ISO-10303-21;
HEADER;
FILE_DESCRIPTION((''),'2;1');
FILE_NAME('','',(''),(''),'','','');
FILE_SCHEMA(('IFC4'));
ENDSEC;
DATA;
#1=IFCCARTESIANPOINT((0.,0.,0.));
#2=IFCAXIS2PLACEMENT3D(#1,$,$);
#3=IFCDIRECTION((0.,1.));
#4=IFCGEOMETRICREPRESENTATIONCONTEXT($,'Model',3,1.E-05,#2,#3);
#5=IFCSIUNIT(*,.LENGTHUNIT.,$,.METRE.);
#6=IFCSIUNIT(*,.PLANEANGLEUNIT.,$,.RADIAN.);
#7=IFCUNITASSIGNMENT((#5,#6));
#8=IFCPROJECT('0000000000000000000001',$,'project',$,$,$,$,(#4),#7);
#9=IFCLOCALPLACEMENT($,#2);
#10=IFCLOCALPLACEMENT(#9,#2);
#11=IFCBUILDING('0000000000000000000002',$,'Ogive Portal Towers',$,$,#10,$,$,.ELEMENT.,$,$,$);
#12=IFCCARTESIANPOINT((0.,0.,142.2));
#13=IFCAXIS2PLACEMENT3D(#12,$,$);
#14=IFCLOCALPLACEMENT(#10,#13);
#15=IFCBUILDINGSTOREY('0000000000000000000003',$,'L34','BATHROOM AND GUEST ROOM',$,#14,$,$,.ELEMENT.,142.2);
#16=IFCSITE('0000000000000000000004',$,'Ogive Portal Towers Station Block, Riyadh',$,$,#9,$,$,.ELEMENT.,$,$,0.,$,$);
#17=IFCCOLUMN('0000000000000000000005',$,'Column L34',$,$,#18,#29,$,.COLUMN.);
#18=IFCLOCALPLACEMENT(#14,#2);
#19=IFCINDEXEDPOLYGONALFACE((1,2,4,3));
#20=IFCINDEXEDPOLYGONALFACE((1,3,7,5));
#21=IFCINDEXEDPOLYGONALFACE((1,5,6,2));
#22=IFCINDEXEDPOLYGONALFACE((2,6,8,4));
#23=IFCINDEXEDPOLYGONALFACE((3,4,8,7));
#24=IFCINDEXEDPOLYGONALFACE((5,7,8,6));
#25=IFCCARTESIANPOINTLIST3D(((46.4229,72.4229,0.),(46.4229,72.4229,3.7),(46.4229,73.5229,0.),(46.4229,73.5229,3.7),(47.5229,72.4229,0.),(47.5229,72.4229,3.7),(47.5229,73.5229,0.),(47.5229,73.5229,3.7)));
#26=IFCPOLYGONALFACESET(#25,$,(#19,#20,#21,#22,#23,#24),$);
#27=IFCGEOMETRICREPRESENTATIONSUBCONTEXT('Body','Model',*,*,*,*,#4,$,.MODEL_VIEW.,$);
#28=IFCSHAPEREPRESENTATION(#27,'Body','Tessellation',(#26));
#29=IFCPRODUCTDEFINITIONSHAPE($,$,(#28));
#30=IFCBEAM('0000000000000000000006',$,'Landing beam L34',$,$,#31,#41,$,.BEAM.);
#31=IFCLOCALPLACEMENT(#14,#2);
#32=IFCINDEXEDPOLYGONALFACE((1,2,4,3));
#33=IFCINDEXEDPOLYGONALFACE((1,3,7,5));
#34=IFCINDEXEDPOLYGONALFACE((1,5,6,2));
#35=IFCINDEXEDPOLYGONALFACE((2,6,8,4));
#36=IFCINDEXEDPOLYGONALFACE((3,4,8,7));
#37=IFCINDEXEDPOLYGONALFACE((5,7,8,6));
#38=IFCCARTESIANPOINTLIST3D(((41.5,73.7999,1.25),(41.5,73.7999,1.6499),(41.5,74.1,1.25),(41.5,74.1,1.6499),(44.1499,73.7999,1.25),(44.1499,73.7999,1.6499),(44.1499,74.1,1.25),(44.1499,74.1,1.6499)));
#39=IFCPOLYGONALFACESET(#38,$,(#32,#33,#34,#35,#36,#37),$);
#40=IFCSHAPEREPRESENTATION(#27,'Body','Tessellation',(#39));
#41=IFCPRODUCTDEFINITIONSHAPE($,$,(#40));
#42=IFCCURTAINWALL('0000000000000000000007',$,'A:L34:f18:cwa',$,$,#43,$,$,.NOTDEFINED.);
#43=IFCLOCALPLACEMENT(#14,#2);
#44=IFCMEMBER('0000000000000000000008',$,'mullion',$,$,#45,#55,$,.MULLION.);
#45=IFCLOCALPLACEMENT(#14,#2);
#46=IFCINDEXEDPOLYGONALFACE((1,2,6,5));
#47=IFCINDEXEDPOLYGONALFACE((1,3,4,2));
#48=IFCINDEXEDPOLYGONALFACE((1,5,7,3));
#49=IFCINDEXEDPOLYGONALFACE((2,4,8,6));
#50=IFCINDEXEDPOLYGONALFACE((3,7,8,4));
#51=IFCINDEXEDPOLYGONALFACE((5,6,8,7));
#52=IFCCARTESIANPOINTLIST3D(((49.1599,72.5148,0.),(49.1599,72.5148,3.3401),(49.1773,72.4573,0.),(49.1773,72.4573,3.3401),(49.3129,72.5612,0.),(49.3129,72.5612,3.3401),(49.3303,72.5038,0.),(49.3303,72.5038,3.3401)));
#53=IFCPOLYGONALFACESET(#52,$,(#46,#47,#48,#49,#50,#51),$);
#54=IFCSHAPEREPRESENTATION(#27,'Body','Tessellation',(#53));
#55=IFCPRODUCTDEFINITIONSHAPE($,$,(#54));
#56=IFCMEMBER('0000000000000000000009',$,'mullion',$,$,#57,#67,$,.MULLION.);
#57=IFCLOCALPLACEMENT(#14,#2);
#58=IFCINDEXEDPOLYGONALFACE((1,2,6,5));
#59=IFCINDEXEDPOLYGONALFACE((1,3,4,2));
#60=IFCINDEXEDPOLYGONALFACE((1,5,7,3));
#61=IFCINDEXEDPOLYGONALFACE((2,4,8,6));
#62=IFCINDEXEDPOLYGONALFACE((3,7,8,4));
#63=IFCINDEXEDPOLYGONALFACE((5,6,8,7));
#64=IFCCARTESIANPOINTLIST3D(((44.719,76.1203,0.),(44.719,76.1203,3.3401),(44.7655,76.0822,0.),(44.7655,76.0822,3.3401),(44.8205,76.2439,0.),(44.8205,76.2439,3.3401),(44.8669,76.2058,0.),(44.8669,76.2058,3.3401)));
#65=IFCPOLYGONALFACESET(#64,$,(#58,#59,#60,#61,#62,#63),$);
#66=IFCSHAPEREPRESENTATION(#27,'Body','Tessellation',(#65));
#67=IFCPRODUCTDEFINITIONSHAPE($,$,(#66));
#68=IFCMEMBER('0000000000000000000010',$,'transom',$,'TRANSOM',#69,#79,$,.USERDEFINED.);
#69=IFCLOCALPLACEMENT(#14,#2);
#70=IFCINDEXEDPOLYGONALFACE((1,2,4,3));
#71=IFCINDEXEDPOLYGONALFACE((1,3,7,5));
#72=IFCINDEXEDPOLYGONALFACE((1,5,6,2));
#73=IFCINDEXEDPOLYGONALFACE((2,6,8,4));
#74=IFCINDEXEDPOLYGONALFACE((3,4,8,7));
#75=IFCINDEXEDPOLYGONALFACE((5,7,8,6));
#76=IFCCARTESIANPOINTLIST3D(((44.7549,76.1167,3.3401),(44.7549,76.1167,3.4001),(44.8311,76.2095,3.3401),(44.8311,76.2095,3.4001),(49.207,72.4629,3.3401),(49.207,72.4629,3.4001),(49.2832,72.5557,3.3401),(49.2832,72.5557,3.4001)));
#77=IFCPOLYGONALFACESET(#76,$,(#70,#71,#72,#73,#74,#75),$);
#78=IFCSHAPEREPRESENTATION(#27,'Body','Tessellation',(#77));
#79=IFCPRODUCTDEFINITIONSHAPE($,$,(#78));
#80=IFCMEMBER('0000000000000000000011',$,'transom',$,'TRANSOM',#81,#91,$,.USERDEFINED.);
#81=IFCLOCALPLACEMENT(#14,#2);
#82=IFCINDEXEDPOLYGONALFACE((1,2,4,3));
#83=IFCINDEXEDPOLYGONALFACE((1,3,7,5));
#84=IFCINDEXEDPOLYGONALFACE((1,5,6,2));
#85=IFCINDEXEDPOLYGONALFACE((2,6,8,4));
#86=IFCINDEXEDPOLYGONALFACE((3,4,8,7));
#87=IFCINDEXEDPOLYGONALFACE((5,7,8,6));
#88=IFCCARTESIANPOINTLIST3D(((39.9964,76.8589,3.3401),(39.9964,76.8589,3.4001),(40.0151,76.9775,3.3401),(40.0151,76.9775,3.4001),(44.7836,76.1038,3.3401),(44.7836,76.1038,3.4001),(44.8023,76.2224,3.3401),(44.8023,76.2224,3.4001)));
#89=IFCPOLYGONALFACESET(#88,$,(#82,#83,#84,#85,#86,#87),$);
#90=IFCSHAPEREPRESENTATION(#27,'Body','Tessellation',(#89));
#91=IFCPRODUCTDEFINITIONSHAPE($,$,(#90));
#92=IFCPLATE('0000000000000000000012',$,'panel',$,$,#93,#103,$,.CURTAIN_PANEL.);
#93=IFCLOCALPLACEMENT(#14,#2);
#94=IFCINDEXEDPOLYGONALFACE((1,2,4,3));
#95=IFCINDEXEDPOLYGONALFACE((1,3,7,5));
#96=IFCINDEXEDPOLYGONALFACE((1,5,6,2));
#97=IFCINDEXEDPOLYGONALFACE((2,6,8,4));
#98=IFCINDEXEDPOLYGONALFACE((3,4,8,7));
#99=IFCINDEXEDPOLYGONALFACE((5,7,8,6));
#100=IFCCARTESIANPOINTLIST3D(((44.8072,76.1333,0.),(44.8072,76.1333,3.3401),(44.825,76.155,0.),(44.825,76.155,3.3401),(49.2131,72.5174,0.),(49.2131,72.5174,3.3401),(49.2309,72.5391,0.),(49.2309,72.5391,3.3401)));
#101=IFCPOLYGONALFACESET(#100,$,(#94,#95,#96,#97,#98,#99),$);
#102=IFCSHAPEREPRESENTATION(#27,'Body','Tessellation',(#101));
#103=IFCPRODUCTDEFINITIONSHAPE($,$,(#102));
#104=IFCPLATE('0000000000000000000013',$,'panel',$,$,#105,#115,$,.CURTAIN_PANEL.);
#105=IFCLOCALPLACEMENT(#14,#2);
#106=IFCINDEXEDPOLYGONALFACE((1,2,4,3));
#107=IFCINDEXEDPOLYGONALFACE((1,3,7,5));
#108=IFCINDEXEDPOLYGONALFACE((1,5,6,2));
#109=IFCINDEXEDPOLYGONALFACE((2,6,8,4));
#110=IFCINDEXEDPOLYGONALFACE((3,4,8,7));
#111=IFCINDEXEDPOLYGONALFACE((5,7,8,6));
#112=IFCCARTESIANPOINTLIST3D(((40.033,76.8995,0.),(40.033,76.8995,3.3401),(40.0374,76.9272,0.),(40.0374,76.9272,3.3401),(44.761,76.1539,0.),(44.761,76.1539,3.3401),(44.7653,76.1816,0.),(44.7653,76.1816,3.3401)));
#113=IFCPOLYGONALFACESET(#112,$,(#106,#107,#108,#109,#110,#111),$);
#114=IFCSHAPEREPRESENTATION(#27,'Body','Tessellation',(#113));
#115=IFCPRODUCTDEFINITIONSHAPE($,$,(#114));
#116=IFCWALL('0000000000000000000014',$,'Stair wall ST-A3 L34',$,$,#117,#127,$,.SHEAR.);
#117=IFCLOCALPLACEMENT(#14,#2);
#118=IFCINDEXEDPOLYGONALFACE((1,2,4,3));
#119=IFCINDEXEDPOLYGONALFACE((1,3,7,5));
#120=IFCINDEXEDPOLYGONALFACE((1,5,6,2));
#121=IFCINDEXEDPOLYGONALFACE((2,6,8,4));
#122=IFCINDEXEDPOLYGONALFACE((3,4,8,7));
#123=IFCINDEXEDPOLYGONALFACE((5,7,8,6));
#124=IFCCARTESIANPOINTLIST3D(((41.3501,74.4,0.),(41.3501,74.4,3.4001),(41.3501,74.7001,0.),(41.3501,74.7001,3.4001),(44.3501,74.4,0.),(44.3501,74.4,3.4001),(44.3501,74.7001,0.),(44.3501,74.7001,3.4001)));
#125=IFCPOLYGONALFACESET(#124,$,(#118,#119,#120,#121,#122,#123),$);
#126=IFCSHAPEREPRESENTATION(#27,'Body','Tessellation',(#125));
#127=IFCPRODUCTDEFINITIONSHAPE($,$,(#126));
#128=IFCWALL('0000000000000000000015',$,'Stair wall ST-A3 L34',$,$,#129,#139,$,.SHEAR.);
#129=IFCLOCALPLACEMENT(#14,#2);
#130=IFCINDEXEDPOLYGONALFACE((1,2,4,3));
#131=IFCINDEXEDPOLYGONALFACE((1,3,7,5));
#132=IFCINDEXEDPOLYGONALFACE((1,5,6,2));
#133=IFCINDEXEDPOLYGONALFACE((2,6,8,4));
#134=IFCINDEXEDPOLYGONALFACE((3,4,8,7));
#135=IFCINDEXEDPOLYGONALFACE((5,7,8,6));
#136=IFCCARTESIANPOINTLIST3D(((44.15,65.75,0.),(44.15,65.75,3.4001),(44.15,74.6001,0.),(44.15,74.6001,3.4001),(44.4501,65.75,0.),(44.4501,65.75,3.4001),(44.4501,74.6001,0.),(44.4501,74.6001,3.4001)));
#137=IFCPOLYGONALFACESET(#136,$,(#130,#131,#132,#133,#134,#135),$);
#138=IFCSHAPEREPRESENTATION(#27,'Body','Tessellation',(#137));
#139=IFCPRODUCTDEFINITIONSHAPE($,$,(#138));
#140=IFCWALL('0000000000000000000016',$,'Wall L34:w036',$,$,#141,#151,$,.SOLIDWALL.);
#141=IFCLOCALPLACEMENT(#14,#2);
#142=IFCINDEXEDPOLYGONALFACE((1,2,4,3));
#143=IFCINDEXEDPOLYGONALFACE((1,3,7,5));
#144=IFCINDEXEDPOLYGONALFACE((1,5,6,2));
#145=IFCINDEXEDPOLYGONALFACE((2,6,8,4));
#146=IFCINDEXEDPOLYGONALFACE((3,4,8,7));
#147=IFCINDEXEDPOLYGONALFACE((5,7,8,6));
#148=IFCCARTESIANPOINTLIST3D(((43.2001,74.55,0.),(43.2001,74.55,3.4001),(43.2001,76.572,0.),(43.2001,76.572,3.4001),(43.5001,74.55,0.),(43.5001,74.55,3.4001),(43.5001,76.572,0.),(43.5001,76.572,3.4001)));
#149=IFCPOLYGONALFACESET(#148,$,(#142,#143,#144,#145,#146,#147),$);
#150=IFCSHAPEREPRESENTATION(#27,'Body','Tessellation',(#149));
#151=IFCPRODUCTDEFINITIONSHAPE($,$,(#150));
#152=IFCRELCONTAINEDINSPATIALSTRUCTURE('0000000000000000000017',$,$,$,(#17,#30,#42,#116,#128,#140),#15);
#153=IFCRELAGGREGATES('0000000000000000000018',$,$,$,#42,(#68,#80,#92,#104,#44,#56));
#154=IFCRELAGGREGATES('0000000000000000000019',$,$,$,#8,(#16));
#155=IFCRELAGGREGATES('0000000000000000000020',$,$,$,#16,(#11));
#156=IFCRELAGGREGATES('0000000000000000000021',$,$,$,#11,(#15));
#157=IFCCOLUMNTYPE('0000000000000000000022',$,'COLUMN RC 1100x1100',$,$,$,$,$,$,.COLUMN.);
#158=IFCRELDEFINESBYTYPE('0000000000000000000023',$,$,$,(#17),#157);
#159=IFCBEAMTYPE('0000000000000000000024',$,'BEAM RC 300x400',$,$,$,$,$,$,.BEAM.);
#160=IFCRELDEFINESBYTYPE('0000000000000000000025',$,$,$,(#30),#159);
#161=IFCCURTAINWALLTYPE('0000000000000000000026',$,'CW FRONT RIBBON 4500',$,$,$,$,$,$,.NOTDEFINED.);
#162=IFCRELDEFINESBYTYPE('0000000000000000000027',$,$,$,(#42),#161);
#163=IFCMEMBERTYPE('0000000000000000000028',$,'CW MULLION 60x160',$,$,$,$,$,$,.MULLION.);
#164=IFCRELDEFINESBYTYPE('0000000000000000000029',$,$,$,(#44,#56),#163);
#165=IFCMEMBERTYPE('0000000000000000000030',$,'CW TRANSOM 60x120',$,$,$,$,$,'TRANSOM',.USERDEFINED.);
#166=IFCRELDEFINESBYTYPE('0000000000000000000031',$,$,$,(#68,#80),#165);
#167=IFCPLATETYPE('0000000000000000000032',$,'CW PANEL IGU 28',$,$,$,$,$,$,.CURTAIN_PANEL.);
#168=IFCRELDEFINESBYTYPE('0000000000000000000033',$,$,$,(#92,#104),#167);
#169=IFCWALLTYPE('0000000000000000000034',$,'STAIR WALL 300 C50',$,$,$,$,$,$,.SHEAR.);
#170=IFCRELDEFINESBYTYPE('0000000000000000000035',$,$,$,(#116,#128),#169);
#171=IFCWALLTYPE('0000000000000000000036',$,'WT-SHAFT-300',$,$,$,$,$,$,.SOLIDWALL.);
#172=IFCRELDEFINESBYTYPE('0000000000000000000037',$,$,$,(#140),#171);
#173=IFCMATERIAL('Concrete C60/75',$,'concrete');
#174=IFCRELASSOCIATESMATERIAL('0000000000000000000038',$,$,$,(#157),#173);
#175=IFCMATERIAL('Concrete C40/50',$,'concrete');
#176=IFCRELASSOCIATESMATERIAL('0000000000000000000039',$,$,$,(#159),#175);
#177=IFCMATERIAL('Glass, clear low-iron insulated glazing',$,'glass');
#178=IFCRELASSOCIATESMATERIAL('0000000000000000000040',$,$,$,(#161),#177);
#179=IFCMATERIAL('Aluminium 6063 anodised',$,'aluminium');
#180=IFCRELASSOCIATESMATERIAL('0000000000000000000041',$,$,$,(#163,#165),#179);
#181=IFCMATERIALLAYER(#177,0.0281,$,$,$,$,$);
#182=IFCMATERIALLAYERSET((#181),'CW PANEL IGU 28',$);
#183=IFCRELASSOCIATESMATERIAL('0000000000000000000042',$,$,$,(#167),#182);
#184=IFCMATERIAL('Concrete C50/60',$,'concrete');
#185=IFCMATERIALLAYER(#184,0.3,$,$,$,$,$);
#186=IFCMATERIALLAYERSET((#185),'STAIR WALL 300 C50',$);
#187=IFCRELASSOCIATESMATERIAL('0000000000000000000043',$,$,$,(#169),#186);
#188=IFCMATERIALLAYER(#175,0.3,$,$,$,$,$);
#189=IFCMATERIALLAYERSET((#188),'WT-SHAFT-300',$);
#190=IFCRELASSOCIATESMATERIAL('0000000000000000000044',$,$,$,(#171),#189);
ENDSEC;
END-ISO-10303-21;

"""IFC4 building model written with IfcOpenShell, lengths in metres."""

from ifc_helpers import new_model, si_unit, direction, frame, frame_2d, origin, origin_2d, place, context, subcontext, project, spatial, rectangle, extrude, material, layer, layer_set, material_profile, profile_set, type_object, element, aggregate, save


model = new_model("IFC4")

# Units and contexts
model_context = context("Model", 3, precision=1e-05, world=origin(), true_north=direction((0.0, 1.0)))
body_context = subcontext(model_context, "Body", "Model", "MODEL_VIEW")
ifc_project = project(units=[si_unit("LENGTHUNIT", "METRE"), si_unit("PLANEANGLEUNIT", "RADIAN")], contexts=[model_context])

# Site, building, storey
site_placement = place(None, origin())
site = spatial("IfcSite", under=ifc_project, at=site_placement, Name="Ogive Portal Towers Station Block, Riyadh", CompositionType="ELEMENT", RefElevation=0.0)
building_placement = place(site_placement, origin())
building = spatial("IfcBuilding", under=site, at=building_placement, Name="Ogive Portal Towers", CompositionType="ELEMENT")
storey_placement = place(building_placement, frame((0.0, 0.0, 142.2)))
storey = spatial("IfcBuildingStorey", under=building, at=storey_placement, Name="L34", Description="BATHROOM AND GUEST ROOM", CompositionType="ELEMENT", Elevation=142.2)

# Column
ifc_material_1 = material(Name="Concrete C60/75", Category="concrete")
ifc_material_profile_1 = material_profile(ifc_material_1, rectangle(XDim=1.1001, YDim=1.1001, at=origin_2d()), Name="RC 1100x1100")
ifc_profile_set_1 = profile_set([ifc_material_profile_1], Name="Concrete C60/75")
column_type = type_object("IfcColumnType", Name="COLUMN RC 1100x1100", PredefinedType="COLUMN", material=ifc_profile_set_1)
column_placement = place(storey_placement, frame((46.9729, 72.9729, 0.0), z_axis=(0.0, 0.0, 1.0), x_axis=(1.0, 0.0, 0.0)))
element("IfcColumn", 1, at=column_placement, inside=storey, type_object=column_type, Name="Column L34", PredefinedType="COLUMN", context=body_context, shape_type="SweptSolid", body=[
    extrude(rectangle(XDim=1.1001, YDim=1.1001, at=origin_2d()), origin(), (0.0, 0.0, 1.0), 3.7),
])

# Beam
ifc_material_2 = material(Name="Concrete C40/50", Category="concrete")
ifc_material_profile_2 = material_profile(ifc_material_2, rectangle(XDim=0.3, YDim=0.3999, at=origin_2d()), Name="RC 300x400")
ifc_profile_set_2 = profile_set([ifc_material_profile_2], Name="Concrete C40/50")
beam_type = type_object("IfcBeamType", Name="BEAM RC 300x400", PredefinedType="BEAM", material=ifc_profile_set_2)
beam_placement = place(storey_placement, frame((41.5, 73.95, 1.45), z_axis=(1.0, 0.0, 0.0), x_axis=(0.0, 1.0, 0.0)))
element("IfcBeam", 2, at=beam_placement, inside=storey, type_object=beam_type, Name="Landing beam L34", PredefinedType="BEAM", context=body_context, shape_type="SweptSolid", body=[
    extrude(rectangle(XDim=0.3, YDim=0.3999, at=origin_2d()), origin(), (0.0, 0.0, 1.0), 2.6499),
])

# Curtain wall, members, plates
ifc_material_3 = material(Name="Glass, clear low-iron insulated glazing", Category="glass")
curtain_wall_type = type_object("IfcCurtainWallType", Name="CW FRONT RIBBON 4500", PredefinedType="NOTDEFINED", material=ifc_material_3)
curtain_wall_placement = place(storey_placement, origin())
curtain_wall = element("IfcCurtainWall", 3, at=curtain_wall_placement, inside=storey, type_object=curtain_wall_type, Name="A:L34:f18:cwa", PredefinedType="NOTDEFINED")
ifc_material_4 = material(Name="Aluminium 6063 anodised", Category="aluminium")
ifc_material_profile_3 = material_profile(ifc_material_4, rectangle(XDim=0.1599, YDim=0.0601, at=origin_2d()), Name="AL 60x160")
ifc_profile_set_3 = profile_set([ifc_material_profile_3], Name="Aluminium 6063 anodised")
member_type_1 = type_object("IfcMemberType", Name="CW MULLION 60x160", PredefinedType="MULLION", material=ifc_profile_set_3)
member_1_placement = place(storey_placement, frame((49.2451, 72.5093, 0.0), z_axis=(0.0, 0.0, 1.0), x_axis=(-0.95694, -0.290285, 0.0)))
member_1 = element("IfcMember", 4, at=member_1_placement, type_object=member_type_1, Name="mullion", PredefinedType="MULLION", context=body_context, shape_type="SweptSolid", body=[
    extrude(rectangle(XDim=0.1599, YDim=0.0601, at=origin_2d()), origin(), (0.0, 0.0, 1.0), 3.3401),
])
member_2_placement = place(storey_placement, frame((44.793, 76.1631, 0.0), z_axis=(0.0, 0.0, 1.0), x_axis=(-0.634393, -0.77301, 0.0)))
member_2 = element("IfcMember", 5, at=member_2_placement, type_object=member_type_1, Name="mullion", PredefinedType="MULLION", context=body_context, shape_type="SweptSolid", body=[
    extrude(rectangle(XDim=0.1599, YDim=0.0601, at=origin_2d()), origin(), (0.0, 0.0, 1.0), 3.3401),
])
ifc_material_profile_4 = material_profile(ifc_material_4, rectangle(XDim=0.1201, YDim=0.0601, at=origin_2d()), Name="AL 120x60")
ifc_profile_set_4 = profile_set([ifc_material_profile_4], Name="Aluminium 6063 anodised")
member_type_2 = type_object("IfcMemberType", Name="CW TRANSOM 60x120", ElementType="TRANSOM", PredefinedType="USERDEFINED", material=ifc_profile_set_4)
member_3_placement = place(storey_placement, frame((49.2451, 72.5093, 3.3701), z_axis=(-0.773008, 0.634396, 0.0), x_axis=(-0.634396, -0.773008, 0.0)))
member_3 = element("IfcMember", 6, at=member_3_placement, type_object=member_type_2, Name="transom", ObjectType="TRANSOM", PredefinedType="USERDEFINED", context=body_context, shape_type="SweptSolid", body=[
    extrude(rectangle(XDim=0.1201, YDim=0.0601, at=origin_2d()), origin(), (0.0, 0.0, 1.0), 5.7595),
])
member_4_placement = place(storey_placement, frame((44.793, 76.1631, 3.3701), z_axis=(-0.987787, 0.155807, 0.0), x_axis=(-0.155807, -0.987787, 0.0)))
member_4 = element("IfcMember", 7, at=member_4_placement, type_object=member_type_2, Name="transom", ObjectType="TRANSOM", PredefinedType="USERDEFINED", context=body_context, shape_type="SweptSolid", body=[
    extrude(rectangle(XDim=0.1201, YDim=0.0601, at=origin_2d()), origin(), (0.0, 0.0, 1.0), 4.8464),
])
ifc_layer_1 = layer(ifc_material_3, 0.0281)
ifc_layer_set_1 = layer_set([ifc_layer_1], Name="CW PANEL IGU 28")
plate_type = type_object("IfcPlateType", Name="CW PANEL IGU 28", PredefinedType="CURTAIN_PANEL", material=ifc_layer_set_1)
plate_1_placement = place(storey_placement, frame((47.019, 74.3362, 0.0), z_axis=(0.0, 0.0, 1.0), x_axis=(-0.77301, 0.634393, 0.0)))
plate_1 = element("IfcPlate", 8, at=plate_1_placement, type_object=plate_type, Name="panel", PredefinedType="CURTAIN_PANEL", context=body_context, shape_type="SweptSolid", body=[
    extrude(rectangle(XDim=5.6997, YDim=0.0281, at=origin_2d()), origin(), (0.0, 0.0, 1.0), 3.3401),
])
plate_2_placement = place(storey_placement, frame((42.3992, 76.5405, 0.0), z_axis=(0.0, 0.0, 1.0), x_axis=(-0.987792, 0.155777, 0.0)))
plate_2 = element("IfcPlate", 9, at=plate_2_placement, type_object=plate_type, Name="panel", PredefinedType="CURTAIN_PANEL", context=body_context, shape_type="SweptSolid", body=[
    extrude(rectangle(XDim=4.7864, YDim=0.0281, at=origin_2d()), origin(), (0.0, 0.0, 1.0), 3.3401),
])
aggregate(curtain_wall, [member_3, member_4, plate_1, plate_2, member_1, member_2])

# Walls
ifc_material_5 = material(Name="Concrete C50/60", Category="concrete")
ifc_layer_2 = layer(ifc_material_5, 0.3)
ifc_layer_set_2 = layer_set([ifc_layer_2], Name="STAIR WALL 300 C50")
wall_type_1 = type_object("IfcWallType", Name="STAIR WALL 300 C50", PredefinedType="SHEAR", material=ifc_layer_set_2)
wall_1_placement = place(storey_placement, frame((41.3501, 74.55, 0.0), z_axis=(0.0, 0.0, 1.0), x_axis=(1.0, 0.0, 0.0)))
element("IfcWall", 10, at=wall_1_placement, inside=storey, type_object=wall_type_1, Name="Stair wall ST-A3 L34", PredefinedType="SHEAR", context=body_context, shape_type="SweptSolid", body=[
    extrude(rectangle(XDim=3.0, YDim=0.3, at=frame_2d((1.5, 0.0))), origin(), (0.0, 0.0, 1.0), 3.4001),
])
wall_2_placement = place(storey_placement, frame((44.3, 65.75, 0.0), z_axis=(0.0, 0.0, 1.0), x_axis=(0.0, 1.0, 0.0)))
element("IfcWall", 11, at=wall_2_placement, inside=storey, type_object=wall_type_1, Name="Stair wall ST-A3 L34", PredefinedType="SHEAR", context=body_context, shape_type="SweptSolid", body=[
    extrude(rectangle(XDim=8.8501, YDim=0.3, at=frame_2d((4.425, 0.0))), origin(), (0.0, 0.0, 1.0), 3.4001),
])
ifc_layer_3 = layer(ifc_material_2, 0.3)
ifc_layer_set_3 = layer_set([ifc_layer_3], Name="WT-SHAFT-300")
wall_type_2 = type_object("IfcWallType", Name="WT-SHAFT-300", PredefinedType="SOLIDWALL", material=ifc_layer_set_3)
wall_3_placement = place(storey_placement, frame((43.3501, 74.55, 0.0), z_axis=(0.0, 0.0, 1.0), x_axis=(0.0, 1.0, 0.0)))
element("IfcWall", 12, at=wall_3_placement, inside=storey, type_object=wall_type_2, Name="Wall L34:w036", PredefinedType="SOLIDWALL", context=body_context, shape_type="SweptSolid", body=[
    extrude(rectangle(XDim=2.022, YDim=0.3, at=frame_2d((1.011, 0.0))), origin(), (0.0, 0.0, 1.0), 3.4001),
])

save(model, "model.ifc")
